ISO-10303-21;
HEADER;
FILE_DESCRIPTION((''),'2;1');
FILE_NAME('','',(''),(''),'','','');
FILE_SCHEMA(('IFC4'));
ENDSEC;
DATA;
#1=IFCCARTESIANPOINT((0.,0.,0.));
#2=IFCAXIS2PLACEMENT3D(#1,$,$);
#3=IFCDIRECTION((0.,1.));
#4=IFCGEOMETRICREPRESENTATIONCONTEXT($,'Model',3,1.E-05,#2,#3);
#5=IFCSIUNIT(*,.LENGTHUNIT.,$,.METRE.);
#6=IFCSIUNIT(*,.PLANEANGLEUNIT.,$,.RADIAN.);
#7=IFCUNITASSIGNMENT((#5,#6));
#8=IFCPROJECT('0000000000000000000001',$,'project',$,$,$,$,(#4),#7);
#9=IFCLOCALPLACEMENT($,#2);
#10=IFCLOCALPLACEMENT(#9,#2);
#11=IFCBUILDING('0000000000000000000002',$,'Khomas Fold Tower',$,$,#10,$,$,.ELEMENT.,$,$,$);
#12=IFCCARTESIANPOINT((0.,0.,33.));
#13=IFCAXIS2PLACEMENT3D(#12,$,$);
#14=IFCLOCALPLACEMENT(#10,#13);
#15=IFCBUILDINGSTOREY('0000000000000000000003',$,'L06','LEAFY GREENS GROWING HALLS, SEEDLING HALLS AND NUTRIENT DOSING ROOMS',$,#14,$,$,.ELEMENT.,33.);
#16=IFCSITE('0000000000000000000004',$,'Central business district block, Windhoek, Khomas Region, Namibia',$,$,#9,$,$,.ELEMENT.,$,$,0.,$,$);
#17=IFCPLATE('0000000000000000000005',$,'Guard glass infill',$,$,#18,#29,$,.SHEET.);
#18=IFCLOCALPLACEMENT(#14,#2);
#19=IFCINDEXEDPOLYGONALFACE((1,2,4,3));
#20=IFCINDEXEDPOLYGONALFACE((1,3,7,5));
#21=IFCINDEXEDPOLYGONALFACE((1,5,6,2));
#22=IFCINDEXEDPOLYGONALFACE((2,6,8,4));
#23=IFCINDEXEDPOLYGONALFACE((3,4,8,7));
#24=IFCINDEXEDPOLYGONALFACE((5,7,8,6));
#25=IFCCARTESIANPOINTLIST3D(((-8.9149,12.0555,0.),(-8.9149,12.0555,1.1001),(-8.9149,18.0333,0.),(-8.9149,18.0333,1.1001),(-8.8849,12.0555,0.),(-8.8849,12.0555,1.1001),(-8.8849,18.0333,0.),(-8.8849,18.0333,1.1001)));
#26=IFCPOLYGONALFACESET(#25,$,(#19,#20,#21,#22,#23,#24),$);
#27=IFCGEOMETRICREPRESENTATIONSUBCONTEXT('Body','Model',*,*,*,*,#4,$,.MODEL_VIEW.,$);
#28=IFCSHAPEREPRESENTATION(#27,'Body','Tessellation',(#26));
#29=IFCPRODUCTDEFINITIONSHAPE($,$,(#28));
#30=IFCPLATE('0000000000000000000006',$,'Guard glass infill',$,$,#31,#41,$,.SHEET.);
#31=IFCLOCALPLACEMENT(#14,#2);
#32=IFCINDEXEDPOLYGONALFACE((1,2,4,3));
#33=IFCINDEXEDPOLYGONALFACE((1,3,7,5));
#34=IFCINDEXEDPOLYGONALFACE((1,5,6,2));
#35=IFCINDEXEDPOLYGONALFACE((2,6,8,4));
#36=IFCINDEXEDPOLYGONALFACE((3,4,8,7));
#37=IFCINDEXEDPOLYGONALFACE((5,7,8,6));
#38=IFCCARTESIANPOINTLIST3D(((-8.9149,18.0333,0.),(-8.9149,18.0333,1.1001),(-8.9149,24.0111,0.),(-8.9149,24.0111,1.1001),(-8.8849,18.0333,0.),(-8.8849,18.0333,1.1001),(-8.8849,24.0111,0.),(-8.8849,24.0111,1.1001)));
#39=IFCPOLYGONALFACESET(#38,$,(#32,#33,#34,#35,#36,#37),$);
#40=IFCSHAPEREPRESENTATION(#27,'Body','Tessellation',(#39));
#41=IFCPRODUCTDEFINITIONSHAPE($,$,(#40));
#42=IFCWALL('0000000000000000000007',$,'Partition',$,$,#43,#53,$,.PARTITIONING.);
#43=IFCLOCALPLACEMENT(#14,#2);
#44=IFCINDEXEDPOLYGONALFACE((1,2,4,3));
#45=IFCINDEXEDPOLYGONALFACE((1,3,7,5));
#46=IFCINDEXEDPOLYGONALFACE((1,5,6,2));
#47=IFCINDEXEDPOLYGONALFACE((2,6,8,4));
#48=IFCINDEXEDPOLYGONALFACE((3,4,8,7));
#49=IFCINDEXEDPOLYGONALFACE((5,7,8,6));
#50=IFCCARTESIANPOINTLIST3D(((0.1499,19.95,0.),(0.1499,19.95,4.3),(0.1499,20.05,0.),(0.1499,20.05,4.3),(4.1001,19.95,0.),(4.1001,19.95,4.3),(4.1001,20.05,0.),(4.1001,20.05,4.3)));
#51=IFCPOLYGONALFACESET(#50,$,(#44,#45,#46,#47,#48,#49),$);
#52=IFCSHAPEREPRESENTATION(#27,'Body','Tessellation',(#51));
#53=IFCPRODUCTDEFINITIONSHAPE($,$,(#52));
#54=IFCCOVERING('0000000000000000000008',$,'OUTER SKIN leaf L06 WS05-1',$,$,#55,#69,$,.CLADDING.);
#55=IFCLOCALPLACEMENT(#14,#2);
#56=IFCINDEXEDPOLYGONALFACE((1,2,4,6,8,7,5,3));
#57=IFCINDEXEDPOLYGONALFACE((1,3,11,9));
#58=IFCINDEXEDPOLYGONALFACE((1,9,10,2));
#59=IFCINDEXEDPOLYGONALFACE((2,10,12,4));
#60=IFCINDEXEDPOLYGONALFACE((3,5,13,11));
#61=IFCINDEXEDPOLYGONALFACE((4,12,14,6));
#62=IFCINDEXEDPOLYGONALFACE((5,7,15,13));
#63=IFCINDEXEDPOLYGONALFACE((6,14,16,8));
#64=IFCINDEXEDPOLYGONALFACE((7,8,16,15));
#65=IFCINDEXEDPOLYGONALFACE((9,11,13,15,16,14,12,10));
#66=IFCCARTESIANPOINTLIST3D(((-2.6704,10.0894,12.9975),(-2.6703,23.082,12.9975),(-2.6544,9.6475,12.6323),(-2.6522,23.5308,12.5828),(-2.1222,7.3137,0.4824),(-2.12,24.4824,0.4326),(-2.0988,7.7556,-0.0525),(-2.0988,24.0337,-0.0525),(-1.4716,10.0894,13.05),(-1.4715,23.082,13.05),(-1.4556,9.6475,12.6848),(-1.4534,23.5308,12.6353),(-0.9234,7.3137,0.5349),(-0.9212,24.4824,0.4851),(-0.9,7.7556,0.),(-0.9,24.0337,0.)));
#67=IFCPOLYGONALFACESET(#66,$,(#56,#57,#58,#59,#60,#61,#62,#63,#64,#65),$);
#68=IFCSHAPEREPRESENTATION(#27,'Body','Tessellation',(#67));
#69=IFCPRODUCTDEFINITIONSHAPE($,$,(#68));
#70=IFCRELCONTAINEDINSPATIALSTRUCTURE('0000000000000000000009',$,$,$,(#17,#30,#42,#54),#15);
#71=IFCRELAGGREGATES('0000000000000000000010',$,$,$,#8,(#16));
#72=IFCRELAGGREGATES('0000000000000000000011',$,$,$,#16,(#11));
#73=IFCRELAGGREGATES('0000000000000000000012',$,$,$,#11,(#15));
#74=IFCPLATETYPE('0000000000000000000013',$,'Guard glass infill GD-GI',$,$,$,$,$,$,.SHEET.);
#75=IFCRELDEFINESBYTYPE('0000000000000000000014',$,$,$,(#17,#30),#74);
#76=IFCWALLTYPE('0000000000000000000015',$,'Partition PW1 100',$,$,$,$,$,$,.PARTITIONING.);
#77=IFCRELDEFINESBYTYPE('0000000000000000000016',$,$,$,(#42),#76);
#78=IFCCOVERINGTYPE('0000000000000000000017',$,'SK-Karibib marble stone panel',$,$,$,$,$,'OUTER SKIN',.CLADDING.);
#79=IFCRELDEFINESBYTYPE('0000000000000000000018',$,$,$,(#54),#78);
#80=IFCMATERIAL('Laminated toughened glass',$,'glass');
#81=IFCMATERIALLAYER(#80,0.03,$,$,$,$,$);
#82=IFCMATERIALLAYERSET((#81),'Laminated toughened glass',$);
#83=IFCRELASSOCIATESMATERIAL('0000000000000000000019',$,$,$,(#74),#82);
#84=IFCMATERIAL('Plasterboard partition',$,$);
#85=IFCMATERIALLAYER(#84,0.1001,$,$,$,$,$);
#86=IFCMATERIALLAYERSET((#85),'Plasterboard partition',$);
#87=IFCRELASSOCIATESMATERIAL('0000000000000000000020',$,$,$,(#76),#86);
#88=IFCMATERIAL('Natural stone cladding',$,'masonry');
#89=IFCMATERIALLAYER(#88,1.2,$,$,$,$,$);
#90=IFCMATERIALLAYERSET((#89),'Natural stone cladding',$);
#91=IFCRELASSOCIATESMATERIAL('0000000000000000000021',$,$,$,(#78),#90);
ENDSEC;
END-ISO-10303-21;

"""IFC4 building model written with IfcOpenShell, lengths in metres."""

from ifc_helpers import new_model, si_unit, direction, frame, frame_2d, origin, origin_2d, place, context, subcontext, project, spatial, polyline, rectangle, outline, extrude, source, transform, mapped, material, layer, layer_set, type_object, element, save


model = new_model("IFC4")

# Units and contexts
model_context = context("Model", 3, precision=1e-05, world=origin(), true_north=direction((0.0, 1.0)))
body_context = subcontext(model_context, "Body", "Model", "MODEL_VIEW")
ifc_project = project(units=[si_unit("LENGTHUNIT", "METRE"), si_unit("PLANEANGLEUNIT", "RADIAN")], contexts=[model_context])

# Site, building, storey
site_placement = place(None, origin())
site = spatial("IfcSite", under=ifc_project, at=site_placement, Name="Central business district block, Windhoek, Khomas Region, Namibia", CompositionType="ELEMENT", RefElevation=0.0)
building_placement = place(site_placement, origin())
building = spatial("IfcBuilding", under=site, at=building_placement, Name="Khomas Fold Tower", CompositionType="ELEMENT")
storey_placement = place(building_placement, frame((0.0, 0.0, 33.0)))
storey = spatial("IfcBuildingStorey", under=building, at=storey_placement, Name="L06", Description="LEAFY GREENS GROWING HALLS, SEEDLING HALLS AND NUTRIENT DOSING ROOMS", CompositionType="ELEMENT", Elevation=33.0)

# Plates
ifc_material_1 = material(Name="Laminated toughened glass", Category="glass")
ifc_layer_1 = layer(ifc_material_1, 0.03)
ifc_layer_set_1 = layer_set([ifc_layer_1], Name="Laminated toughened glass")
plate_type_1 = type_object("IfcPlateType", Name="Guard glass infill GD-GI", PredefinedType="SHEET", material=ifc_layer_set_1)
shared_shape_1 = source(origin(), body_context, "Body", "SweptSolid", [
    extrude(rectangle(XDim=5.9778, YDim=0.03, at=origin_2d()), origin(), (0.0, 0.0, 1.0), 1.1001),
])
for number, where, z_axis, x_axis, name in (
    (1, (-8.8999, 15.0444, 0.0), (0.0, 0.0, 1.0), (0.0, 1.0, 0.0), "Guard glass infill"),
    (2, (-8.8999, 21.0222, 0.0), (0.0, 0.0, 1.0), (0.0, 1.0, 0.0), "Guard glass infill"),
):
    element("IfcPlate", number, at=place(storey_placement, frame(where, z_axis=z_axis, x_axis=x_axis)), inside=storey, type_object=plate_type_1, Name=name, PredefinedType="SHEET", context=body_context, shape_type="MappedRepresentation", body=[
        mapped(shared_shape_1, transform((0.0, 0.0, 0.0))),
    ])

# Wall
ifc_material_2 = material(Name="Plasterboard partition")
ifc_layer_2 = layer(ifc_material_2, 0.1001)
ifc_layer_set_2 = layer_set([ifc_layer_2], Name="Plasterboard partition")
wall_type = type_object("IfcWallType", Name="Partition PW1 100", PredefinedType="PARTITIONING", material=ifc_layer_set_2)
shared_shape_2 = source(origin(), body_context, "Body", "SweptSolid", [
    extrude(rectangle(XDim=3.9502, YDim=0.1001, at=frame_2d((1.9751, 0.0))), origin(), (0.0, 0.0, 1.0), 4.3),
])
wall_placement = place(storey_placement, frame((0.1499, 20.0, 0.0), z_axis=(0.0, 0.0, 1.0), x_axis=(1.0, 0.0, 0.0)))
element("IfcWall", 3, at=wall_placement, inside=storey, type_object=wall_type, Name="Partition", PredefinedType="PARTITIONING", context=body_context, shape_type="MappedRepresentation", body=[
    mapped(shared_shape_2, transform((0.0, 0.0, 0.0))),
])

# Covering
ifc_material_3 = material(Name="Natural stone cladding", Category="masonry")
ifc_layer_3 = layer(ifc_material_3, 1.2)
ifc_layer_set_3 = layer_set([ifc_layer_3], Name="Natural stone cladding")
covering_type = type_object("IfcCoveringType", Name="SK-Karibib marble stone panel", ElementType="OUTER SKIN", PredefinedType="CLADDING", material=ifc_layer_set_3)
covering_placement = place(storey_placement, frame((-1.4534, 23.5308, 12.6353), z_axis=(0.999042, -0.000001, 0.043755), x_axis=(0.043622, 0.078011, -0.995998)))
element("IfcCovering", 4, at=covering_placement, inside=storey, type_object=covering_type, Name="OUTER SKIN leaf L06 WS05-1", PredefinedType="CLADDING", context=body_context, shape_type="SweptSolid", body=[
    extrude(outline(polyline([(0.0, 0.0), (12.199, 0.0), (12.6481, -0.4852), (11.3782, -16.7137), (10.8099, -17.1125), (-1.1325, -13.8371), (-1.4625, -13.3681), (-0.4489, -0.415), (0.0, 0.0)])), origin(), (0.0, 0.0, -1.0), 1.2),
])

save(model, "model.ifc")
